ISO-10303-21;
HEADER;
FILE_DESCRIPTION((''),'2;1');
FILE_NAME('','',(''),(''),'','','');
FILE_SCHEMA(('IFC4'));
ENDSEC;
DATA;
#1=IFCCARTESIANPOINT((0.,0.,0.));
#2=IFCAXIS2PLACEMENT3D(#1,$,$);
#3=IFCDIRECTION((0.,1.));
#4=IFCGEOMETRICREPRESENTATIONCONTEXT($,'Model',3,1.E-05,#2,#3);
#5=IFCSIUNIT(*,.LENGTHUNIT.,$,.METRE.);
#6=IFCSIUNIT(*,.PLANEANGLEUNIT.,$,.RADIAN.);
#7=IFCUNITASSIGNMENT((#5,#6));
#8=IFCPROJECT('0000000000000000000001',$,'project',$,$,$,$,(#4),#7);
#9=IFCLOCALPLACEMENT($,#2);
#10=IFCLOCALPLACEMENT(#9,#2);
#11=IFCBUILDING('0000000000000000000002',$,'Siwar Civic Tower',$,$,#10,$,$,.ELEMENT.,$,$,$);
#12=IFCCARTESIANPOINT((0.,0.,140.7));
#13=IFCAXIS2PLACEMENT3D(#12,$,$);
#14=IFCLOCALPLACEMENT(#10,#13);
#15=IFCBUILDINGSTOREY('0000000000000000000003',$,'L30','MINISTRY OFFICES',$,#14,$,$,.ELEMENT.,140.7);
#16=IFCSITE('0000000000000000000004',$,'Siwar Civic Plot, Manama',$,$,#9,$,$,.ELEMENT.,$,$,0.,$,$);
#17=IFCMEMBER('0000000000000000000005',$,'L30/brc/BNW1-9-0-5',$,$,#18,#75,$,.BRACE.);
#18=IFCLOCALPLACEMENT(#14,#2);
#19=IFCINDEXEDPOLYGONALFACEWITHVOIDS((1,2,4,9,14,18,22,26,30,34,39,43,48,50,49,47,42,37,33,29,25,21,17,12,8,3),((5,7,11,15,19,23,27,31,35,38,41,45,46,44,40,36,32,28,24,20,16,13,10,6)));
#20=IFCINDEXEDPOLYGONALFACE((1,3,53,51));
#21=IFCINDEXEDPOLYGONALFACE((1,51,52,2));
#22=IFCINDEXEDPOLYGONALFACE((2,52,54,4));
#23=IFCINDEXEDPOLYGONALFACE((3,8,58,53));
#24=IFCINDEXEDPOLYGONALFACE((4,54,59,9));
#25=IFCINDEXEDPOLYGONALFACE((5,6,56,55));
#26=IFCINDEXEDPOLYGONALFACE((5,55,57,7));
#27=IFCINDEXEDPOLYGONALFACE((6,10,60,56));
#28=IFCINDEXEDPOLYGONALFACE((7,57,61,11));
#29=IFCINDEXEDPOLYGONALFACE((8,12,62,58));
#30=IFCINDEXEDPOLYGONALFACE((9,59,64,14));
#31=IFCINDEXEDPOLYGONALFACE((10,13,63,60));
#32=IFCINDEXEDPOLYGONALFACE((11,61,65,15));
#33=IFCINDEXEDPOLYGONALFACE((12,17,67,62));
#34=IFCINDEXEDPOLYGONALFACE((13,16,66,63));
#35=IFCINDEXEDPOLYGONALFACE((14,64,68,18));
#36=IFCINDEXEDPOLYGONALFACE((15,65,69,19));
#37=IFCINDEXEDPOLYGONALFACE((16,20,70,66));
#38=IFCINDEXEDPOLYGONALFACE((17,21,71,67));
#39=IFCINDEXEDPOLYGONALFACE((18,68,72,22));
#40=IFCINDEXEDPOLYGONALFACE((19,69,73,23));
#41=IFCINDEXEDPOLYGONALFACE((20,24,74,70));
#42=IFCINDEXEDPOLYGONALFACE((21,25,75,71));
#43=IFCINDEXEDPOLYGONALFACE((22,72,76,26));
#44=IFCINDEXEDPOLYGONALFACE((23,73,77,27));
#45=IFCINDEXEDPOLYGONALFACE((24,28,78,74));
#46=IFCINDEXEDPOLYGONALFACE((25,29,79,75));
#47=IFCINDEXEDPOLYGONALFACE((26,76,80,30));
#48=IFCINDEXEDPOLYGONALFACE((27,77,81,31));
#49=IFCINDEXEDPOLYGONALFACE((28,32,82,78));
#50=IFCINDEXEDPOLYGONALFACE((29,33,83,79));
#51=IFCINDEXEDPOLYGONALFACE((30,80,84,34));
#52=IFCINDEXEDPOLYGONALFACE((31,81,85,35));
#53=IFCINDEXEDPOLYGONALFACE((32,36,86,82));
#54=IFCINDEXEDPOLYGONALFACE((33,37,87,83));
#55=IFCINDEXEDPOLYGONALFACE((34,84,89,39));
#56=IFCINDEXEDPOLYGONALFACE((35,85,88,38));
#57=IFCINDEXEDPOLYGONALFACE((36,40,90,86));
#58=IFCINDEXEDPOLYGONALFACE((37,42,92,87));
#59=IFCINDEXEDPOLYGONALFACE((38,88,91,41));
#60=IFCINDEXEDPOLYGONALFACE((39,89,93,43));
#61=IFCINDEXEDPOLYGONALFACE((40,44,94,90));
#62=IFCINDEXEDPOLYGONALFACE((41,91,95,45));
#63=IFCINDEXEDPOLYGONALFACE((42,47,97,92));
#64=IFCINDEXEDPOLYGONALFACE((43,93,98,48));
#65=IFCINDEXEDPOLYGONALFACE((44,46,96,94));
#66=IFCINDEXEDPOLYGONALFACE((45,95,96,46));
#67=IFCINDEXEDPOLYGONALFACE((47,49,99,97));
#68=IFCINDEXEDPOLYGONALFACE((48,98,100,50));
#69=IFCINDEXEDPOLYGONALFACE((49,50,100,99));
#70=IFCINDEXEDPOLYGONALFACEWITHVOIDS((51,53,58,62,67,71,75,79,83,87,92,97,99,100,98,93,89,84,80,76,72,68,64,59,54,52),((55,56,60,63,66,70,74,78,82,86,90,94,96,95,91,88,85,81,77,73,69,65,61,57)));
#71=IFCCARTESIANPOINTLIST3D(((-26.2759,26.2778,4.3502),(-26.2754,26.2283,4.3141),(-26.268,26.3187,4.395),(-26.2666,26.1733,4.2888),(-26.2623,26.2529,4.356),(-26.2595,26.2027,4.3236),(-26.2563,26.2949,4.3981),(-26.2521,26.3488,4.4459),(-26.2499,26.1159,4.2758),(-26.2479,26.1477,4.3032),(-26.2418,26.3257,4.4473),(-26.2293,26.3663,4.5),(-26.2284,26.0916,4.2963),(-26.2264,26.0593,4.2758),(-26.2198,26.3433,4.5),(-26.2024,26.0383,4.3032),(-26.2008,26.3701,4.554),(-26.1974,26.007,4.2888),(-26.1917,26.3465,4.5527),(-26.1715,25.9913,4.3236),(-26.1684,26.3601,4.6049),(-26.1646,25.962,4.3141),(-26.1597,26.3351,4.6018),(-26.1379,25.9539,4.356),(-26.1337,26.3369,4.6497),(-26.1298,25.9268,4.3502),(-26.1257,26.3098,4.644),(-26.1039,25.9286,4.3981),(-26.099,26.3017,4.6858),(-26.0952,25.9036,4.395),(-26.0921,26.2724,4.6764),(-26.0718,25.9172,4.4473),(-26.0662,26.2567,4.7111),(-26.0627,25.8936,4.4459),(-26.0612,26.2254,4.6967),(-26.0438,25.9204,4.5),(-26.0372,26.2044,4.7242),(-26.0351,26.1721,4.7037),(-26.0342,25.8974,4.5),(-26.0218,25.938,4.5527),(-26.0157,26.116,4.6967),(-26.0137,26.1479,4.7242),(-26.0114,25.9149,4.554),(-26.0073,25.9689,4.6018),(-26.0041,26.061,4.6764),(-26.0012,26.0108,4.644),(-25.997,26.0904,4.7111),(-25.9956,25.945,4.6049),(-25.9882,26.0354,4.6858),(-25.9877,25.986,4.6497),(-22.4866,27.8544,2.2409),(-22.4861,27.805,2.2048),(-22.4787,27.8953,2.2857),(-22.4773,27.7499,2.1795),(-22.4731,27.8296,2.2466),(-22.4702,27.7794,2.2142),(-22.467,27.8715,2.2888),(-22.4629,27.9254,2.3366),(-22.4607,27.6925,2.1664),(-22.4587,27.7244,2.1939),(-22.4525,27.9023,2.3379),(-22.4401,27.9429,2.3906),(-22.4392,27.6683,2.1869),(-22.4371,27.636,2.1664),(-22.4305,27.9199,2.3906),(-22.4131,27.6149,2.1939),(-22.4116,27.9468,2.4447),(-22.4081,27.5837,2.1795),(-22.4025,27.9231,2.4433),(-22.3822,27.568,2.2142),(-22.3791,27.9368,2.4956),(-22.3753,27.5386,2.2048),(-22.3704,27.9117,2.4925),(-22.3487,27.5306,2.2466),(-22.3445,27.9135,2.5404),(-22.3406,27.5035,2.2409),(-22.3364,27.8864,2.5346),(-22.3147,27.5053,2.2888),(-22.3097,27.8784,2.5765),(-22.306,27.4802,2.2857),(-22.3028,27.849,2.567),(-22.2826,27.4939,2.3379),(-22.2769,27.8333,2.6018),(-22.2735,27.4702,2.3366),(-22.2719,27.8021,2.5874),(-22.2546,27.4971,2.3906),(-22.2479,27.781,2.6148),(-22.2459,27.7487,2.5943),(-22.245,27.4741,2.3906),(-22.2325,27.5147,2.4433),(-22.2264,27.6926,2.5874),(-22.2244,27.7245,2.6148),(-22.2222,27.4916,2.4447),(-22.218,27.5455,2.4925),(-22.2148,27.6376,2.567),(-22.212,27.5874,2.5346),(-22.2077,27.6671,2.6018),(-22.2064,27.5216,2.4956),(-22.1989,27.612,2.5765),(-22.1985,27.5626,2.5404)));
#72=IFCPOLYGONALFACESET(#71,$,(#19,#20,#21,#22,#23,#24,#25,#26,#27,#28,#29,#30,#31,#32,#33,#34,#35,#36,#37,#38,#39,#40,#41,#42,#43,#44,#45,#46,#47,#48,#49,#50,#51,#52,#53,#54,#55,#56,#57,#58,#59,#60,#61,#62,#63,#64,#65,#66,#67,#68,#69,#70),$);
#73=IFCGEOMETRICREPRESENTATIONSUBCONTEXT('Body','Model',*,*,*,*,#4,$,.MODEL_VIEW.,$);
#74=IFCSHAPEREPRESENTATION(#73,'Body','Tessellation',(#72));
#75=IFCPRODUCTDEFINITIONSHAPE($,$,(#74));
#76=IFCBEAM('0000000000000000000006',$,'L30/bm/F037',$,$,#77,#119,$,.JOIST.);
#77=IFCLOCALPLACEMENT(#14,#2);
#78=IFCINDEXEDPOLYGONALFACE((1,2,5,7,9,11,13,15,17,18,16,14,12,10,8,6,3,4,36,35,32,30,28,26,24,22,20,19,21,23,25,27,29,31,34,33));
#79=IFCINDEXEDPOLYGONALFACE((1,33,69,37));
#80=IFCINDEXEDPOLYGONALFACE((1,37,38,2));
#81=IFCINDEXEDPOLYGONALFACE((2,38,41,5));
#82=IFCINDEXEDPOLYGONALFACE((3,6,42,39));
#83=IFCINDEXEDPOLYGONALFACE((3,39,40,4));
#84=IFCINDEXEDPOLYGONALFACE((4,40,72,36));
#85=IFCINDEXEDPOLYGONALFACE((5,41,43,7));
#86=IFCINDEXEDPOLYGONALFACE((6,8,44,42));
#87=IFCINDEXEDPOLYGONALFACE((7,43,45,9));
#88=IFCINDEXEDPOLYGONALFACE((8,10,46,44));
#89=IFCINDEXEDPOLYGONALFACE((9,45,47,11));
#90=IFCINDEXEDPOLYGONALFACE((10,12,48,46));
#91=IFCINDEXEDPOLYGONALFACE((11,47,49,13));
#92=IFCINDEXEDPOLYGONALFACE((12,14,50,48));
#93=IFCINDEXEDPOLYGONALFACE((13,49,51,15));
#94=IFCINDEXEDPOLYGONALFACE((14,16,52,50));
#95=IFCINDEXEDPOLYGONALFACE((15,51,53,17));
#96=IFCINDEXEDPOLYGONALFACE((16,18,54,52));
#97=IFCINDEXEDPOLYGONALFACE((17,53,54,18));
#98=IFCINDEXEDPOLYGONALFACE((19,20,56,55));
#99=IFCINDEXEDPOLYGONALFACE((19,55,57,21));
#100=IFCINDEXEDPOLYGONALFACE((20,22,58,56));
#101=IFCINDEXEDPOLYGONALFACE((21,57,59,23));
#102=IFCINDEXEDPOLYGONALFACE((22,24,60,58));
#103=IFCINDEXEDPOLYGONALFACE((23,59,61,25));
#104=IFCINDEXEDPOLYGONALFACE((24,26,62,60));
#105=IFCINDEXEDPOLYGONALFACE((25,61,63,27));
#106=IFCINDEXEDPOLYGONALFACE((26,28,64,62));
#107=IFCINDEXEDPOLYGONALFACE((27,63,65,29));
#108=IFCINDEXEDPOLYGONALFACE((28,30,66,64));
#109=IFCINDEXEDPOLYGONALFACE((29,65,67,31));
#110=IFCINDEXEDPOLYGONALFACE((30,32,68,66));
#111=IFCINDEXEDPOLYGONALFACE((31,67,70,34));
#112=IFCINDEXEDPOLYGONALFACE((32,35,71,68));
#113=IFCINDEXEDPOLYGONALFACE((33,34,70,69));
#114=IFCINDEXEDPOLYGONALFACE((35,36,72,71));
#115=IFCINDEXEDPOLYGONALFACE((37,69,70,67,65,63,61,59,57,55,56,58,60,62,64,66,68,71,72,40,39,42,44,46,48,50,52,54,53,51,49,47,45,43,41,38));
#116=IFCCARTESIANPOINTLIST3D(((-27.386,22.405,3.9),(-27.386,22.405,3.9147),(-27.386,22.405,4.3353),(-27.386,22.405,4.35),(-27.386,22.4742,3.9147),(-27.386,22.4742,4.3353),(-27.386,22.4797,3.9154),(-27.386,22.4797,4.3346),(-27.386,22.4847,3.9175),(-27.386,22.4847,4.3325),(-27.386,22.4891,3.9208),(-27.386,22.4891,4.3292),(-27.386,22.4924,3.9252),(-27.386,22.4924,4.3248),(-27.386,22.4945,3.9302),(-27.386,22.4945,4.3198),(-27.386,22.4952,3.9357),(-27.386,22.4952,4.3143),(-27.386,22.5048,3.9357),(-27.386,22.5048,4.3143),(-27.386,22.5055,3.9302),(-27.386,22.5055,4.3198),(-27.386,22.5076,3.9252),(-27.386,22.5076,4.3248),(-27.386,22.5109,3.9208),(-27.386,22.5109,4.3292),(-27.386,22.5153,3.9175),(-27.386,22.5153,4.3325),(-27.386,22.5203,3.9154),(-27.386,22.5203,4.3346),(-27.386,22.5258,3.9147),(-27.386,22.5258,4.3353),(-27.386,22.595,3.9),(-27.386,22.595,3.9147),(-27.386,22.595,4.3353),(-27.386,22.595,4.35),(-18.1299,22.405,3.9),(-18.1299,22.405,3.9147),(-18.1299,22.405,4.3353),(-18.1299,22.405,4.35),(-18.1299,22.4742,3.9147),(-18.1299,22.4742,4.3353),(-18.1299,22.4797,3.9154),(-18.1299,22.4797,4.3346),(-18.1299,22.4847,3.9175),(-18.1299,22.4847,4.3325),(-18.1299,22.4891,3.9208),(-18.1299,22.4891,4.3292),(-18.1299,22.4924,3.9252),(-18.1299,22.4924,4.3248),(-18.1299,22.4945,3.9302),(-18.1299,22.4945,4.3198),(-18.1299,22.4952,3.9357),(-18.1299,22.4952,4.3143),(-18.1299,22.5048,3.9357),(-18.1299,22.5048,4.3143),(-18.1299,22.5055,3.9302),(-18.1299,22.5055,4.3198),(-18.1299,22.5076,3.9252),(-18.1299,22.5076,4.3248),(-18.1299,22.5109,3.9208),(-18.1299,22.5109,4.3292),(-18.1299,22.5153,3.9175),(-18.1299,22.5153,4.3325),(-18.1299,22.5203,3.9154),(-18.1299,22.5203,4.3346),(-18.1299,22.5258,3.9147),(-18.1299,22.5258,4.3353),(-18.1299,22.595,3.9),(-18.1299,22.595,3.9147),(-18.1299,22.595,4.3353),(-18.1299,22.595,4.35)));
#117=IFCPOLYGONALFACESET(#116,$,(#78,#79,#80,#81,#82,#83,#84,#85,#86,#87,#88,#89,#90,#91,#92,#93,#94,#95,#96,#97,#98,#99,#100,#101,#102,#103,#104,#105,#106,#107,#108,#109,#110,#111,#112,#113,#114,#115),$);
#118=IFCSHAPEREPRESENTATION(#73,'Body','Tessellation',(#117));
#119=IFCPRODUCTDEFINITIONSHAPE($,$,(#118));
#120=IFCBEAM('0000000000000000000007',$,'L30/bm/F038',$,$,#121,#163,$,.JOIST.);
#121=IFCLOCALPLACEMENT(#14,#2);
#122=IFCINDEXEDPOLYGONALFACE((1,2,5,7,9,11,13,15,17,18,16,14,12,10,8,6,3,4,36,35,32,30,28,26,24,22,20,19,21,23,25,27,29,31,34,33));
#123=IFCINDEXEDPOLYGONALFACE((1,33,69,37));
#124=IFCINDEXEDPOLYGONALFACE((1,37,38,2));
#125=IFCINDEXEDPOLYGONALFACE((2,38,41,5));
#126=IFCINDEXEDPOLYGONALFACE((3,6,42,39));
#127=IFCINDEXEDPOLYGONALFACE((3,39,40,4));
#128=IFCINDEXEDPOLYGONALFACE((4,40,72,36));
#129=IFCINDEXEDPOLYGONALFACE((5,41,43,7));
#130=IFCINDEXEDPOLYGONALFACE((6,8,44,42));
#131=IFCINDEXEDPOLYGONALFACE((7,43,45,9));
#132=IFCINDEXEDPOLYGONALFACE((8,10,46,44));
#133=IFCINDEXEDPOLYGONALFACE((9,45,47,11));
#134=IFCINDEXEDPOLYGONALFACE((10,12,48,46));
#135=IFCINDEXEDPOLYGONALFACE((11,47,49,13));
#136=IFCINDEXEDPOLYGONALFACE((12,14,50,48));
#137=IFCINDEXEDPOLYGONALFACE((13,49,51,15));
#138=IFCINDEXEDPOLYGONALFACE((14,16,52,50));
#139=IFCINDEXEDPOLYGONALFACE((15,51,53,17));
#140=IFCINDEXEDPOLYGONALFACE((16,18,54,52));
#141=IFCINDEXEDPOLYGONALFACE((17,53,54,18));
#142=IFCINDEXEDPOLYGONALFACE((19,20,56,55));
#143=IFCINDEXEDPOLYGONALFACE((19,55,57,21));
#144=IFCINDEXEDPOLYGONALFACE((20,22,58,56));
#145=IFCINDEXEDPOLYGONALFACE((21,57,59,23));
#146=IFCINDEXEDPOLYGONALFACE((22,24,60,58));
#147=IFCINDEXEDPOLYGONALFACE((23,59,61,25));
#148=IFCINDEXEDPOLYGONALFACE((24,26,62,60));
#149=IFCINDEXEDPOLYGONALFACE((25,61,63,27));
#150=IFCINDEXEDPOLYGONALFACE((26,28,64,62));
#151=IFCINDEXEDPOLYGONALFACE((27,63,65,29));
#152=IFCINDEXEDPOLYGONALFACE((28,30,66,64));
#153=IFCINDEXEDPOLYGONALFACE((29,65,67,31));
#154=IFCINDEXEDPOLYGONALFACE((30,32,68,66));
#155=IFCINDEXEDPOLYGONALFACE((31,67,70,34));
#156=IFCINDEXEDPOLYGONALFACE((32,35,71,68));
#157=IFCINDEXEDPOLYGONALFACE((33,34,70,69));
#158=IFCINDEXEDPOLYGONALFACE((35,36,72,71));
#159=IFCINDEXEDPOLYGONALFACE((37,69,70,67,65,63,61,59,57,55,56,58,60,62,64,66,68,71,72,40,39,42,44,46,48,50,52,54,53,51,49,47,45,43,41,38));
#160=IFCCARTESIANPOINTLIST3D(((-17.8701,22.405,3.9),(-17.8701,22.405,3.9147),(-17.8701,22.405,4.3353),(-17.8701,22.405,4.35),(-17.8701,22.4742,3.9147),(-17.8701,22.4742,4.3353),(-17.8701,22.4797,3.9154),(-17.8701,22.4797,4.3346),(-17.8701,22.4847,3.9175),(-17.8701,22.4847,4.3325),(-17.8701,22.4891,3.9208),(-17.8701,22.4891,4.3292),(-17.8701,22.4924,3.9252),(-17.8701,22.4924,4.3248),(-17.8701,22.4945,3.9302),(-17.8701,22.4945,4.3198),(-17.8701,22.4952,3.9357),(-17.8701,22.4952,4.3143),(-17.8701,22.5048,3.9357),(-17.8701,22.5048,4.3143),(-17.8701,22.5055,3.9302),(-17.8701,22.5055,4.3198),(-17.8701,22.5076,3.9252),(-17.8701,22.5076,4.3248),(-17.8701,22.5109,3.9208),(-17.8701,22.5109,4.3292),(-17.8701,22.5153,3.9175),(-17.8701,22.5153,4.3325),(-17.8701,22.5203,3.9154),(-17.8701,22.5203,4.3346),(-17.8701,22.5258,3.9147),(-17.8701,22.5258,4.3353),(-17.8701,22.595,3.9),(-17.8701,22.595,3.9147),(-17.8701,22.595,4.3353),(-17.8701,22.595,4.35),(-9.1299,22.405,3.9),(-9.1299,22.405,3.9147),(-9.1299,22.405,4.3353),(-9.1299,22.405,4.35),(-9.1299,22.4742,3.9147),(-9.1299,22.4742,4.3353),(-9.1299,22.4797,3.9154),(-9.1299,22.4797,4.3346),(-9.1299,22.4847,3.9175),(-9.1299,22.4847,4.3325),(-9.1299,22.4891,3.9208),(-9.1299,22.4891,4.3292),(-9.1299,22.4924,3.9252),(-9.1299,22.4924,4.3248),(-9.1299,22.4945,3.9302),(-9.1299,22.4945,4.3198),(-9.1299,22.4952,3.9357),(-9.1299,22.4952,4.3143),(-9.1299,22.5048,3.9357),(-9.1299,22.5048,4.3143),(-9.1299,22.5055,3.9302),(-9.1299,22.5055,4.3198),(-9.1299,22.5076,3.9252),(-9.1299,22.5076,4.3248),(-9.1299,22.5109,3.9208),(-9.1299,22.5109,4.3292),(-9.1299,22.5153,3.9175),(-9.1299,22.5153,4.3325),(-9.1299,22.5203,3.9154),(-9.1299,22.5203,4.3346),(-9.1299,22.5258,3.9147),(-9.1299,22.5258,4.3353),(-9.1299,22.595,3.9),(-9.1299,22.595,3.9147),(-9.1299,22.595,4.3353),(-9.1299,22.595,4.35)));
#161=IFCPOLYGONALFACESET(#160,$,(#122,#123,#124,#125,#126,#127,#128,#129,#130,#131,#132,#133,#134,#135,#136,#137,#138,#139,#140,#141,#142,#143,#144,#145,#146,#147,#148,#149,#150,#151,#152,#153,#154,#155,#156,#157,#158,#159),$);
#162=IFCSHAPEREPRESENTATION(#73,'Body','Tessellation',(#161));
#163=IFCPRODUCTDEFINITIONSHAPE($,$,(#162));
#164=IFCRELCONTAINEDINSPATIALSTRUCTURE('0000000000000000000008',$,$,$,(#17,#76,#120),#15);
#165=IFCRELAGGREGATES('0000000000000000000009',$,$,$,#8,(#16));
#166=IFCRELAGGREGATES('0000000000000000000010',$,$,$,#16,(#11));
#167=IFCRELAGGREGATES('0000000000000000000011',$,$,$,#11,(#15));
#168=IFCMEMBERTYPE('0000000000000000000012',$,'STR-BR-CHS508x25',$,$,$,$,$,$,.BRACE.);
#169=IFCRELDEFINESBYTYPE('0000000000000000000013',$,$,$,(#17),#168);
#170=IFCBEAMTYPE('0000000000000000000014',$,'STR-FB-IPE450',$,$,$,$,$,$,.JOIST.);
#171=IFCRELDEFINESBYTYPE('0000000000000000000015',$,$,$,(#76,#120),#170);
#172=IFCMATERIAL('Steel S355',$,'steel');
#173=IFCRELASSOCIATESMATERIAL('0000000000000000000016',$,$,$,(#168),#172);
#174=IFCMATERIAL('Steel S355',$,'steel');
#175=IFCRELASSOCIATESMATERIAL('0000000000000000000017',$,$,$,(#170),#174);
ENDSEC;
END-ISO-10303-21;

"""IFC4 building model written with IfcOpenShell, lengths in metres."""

from ifc_helpers import new_model, si_unit, direction, frame, origin, origin_2d, place, context, subcontext, project, spatial, hollow_circle, i_section, extrude, material, material_profile, profile_set, type_object, element, save


model = new_model("IFC4")

# Units and contexts
model_context = context("Model", 3, precision=1e-05, world=origin(), true_north=direction((0.0, 1.0)))
body_context = subcontext(model_context, "Body", "Model", "MODEL_VIEW")
ifc_project = project(units=[si_unit("LENGTHUNIT", "METRE"), si_unit("PLANEANGLEUNIT", "RADIAN")], contexts=[model_context])

# Site, building, storey
site_placement = place(None, origin())
site = spatial("IfcSite", under=ifc_project, at=site_placement, Name="Siwar Civic Plot, Manama", CompositionType="ELEMENT", RefElevation=0.0)
building_placement = place(site_placement, origin())
building = spatial("IfcBuilding", under=site, at=building_placement, Name="Siwar Civic Tower", CompositionType="ELEMENT")
storey_placement = place(building_placement, frame((0.0, 0.0, 140.7)))
storey = spatial("IfcBuildingStorey", under=building, at=storey_placement, Name="L30", Description="MINISTRY OFFICES", CompositionType="ELEMENT", Elevation=140.7)

# Member
ifc_material_1 = material(Name="Steel S355", Category="steel")
ifc_material_profile_1 = material_profile(ifc_material_1, hollow_circle(Radius=0.2539, WallThickness=0.0249, at=origin_2d()), Name="CHS508x25")
ifc_profile_set_1 = profile_set([ifc_material_profile_1], Name="Steel S355")
member_type_1 = type_object("IfcMemberType", Name="STR-BR-CHS508x25", PredefinedType="BRACE", material=ifc_profile_set_1)
for number, where, z_axis, x_axis, name in (
    (1, (-22.3425, 27.7085, 2.3906), (-0.821163, -0.341671, 0.457113), (0.384155, -0.923269, 0.0), "L30/brc/BNW1-9-0-5"),
):
    element("IfcMember", number, at=place(storey_placement, frame(where, z_axis=z_axis, x_axis=x_axis)), inside=storey, type_object=member_type_1, Name=name, PredefinedType="BRACE", context=body_context, shape_type="SweptSolid", body=[
        extrude(hollow_circle(Radius=0.2539, WallThickness=0.0249, at=origin_2d()), origin(), (0.0, 0.0, 1.0), 4.6145),
    ])

# Beams
ifc_material_2 = material(Name="Steel S355", Category="steel")
ifc_material_profile_2 = material_profile(ifc_material_2, i_section(OverallWidth=0.1899, OverallDepth=0.45, WebThickness=0.0095, FlangeThickness=0.0146, FilletRadius=0.021, at=origin_2d()), Name="IPE450")
ifc_profile_set_2 = profile_set([ifc_material_profile_2], Name="Steel S355")
beam_type_1 = type_object("IfcBeamType", Name="STR-FB-IPE450", PredefinedType="JOIST", material=ifc_profile_set_2)
beam_1_placement = place(storey_placement, frame((-27.386, 22.5, 4.125), z_axis=(1.0, 0.0, 0.0), x_axis=(0.0, 1.0, 0.0)))
element("IfcBeam", 2, at=beam_1_placement, inside=storey, type_object=beam_type_1, Name="L30/bm/F037", PredefinedType="JOIST", context=body_context, shape_type="SweptSolid", body=[
    extrude(i_section(OverallWidth=0.1899, OverallDepth=0.45, WebThickness=0.0095, FlangeThickness=0.0146, FilletRadius=0.021, at=origin_2d()), origin(), (0.0, 0.0, 1.0), 9.2561),
])
beam_2_placement = place(storey_placement, frame((-17.8701, 22.5, 4.125), z_axis=(1.0, 0.0, 0.0), x_axis=(0.0, 1.0, 0.0)))
element("IfcBeam", 3, at=beam_2_placement, inside=storey, type_object=beam_type_1, Name="L30/bm/F038", PredefinedType="JOIST", context=body_context, shape_type="SweptSolid", body=[
    extrude(i_section(OverallWidth=0.1899, OverallDepth=0.45, WebThickness=0.0095, FlangeThickness=0.0146, FilletRadius=0.021, at=origin_2d()), origin(), (0.0, 0.0, 1.0), 8.7402),
])

save(model, "model.ifc")
